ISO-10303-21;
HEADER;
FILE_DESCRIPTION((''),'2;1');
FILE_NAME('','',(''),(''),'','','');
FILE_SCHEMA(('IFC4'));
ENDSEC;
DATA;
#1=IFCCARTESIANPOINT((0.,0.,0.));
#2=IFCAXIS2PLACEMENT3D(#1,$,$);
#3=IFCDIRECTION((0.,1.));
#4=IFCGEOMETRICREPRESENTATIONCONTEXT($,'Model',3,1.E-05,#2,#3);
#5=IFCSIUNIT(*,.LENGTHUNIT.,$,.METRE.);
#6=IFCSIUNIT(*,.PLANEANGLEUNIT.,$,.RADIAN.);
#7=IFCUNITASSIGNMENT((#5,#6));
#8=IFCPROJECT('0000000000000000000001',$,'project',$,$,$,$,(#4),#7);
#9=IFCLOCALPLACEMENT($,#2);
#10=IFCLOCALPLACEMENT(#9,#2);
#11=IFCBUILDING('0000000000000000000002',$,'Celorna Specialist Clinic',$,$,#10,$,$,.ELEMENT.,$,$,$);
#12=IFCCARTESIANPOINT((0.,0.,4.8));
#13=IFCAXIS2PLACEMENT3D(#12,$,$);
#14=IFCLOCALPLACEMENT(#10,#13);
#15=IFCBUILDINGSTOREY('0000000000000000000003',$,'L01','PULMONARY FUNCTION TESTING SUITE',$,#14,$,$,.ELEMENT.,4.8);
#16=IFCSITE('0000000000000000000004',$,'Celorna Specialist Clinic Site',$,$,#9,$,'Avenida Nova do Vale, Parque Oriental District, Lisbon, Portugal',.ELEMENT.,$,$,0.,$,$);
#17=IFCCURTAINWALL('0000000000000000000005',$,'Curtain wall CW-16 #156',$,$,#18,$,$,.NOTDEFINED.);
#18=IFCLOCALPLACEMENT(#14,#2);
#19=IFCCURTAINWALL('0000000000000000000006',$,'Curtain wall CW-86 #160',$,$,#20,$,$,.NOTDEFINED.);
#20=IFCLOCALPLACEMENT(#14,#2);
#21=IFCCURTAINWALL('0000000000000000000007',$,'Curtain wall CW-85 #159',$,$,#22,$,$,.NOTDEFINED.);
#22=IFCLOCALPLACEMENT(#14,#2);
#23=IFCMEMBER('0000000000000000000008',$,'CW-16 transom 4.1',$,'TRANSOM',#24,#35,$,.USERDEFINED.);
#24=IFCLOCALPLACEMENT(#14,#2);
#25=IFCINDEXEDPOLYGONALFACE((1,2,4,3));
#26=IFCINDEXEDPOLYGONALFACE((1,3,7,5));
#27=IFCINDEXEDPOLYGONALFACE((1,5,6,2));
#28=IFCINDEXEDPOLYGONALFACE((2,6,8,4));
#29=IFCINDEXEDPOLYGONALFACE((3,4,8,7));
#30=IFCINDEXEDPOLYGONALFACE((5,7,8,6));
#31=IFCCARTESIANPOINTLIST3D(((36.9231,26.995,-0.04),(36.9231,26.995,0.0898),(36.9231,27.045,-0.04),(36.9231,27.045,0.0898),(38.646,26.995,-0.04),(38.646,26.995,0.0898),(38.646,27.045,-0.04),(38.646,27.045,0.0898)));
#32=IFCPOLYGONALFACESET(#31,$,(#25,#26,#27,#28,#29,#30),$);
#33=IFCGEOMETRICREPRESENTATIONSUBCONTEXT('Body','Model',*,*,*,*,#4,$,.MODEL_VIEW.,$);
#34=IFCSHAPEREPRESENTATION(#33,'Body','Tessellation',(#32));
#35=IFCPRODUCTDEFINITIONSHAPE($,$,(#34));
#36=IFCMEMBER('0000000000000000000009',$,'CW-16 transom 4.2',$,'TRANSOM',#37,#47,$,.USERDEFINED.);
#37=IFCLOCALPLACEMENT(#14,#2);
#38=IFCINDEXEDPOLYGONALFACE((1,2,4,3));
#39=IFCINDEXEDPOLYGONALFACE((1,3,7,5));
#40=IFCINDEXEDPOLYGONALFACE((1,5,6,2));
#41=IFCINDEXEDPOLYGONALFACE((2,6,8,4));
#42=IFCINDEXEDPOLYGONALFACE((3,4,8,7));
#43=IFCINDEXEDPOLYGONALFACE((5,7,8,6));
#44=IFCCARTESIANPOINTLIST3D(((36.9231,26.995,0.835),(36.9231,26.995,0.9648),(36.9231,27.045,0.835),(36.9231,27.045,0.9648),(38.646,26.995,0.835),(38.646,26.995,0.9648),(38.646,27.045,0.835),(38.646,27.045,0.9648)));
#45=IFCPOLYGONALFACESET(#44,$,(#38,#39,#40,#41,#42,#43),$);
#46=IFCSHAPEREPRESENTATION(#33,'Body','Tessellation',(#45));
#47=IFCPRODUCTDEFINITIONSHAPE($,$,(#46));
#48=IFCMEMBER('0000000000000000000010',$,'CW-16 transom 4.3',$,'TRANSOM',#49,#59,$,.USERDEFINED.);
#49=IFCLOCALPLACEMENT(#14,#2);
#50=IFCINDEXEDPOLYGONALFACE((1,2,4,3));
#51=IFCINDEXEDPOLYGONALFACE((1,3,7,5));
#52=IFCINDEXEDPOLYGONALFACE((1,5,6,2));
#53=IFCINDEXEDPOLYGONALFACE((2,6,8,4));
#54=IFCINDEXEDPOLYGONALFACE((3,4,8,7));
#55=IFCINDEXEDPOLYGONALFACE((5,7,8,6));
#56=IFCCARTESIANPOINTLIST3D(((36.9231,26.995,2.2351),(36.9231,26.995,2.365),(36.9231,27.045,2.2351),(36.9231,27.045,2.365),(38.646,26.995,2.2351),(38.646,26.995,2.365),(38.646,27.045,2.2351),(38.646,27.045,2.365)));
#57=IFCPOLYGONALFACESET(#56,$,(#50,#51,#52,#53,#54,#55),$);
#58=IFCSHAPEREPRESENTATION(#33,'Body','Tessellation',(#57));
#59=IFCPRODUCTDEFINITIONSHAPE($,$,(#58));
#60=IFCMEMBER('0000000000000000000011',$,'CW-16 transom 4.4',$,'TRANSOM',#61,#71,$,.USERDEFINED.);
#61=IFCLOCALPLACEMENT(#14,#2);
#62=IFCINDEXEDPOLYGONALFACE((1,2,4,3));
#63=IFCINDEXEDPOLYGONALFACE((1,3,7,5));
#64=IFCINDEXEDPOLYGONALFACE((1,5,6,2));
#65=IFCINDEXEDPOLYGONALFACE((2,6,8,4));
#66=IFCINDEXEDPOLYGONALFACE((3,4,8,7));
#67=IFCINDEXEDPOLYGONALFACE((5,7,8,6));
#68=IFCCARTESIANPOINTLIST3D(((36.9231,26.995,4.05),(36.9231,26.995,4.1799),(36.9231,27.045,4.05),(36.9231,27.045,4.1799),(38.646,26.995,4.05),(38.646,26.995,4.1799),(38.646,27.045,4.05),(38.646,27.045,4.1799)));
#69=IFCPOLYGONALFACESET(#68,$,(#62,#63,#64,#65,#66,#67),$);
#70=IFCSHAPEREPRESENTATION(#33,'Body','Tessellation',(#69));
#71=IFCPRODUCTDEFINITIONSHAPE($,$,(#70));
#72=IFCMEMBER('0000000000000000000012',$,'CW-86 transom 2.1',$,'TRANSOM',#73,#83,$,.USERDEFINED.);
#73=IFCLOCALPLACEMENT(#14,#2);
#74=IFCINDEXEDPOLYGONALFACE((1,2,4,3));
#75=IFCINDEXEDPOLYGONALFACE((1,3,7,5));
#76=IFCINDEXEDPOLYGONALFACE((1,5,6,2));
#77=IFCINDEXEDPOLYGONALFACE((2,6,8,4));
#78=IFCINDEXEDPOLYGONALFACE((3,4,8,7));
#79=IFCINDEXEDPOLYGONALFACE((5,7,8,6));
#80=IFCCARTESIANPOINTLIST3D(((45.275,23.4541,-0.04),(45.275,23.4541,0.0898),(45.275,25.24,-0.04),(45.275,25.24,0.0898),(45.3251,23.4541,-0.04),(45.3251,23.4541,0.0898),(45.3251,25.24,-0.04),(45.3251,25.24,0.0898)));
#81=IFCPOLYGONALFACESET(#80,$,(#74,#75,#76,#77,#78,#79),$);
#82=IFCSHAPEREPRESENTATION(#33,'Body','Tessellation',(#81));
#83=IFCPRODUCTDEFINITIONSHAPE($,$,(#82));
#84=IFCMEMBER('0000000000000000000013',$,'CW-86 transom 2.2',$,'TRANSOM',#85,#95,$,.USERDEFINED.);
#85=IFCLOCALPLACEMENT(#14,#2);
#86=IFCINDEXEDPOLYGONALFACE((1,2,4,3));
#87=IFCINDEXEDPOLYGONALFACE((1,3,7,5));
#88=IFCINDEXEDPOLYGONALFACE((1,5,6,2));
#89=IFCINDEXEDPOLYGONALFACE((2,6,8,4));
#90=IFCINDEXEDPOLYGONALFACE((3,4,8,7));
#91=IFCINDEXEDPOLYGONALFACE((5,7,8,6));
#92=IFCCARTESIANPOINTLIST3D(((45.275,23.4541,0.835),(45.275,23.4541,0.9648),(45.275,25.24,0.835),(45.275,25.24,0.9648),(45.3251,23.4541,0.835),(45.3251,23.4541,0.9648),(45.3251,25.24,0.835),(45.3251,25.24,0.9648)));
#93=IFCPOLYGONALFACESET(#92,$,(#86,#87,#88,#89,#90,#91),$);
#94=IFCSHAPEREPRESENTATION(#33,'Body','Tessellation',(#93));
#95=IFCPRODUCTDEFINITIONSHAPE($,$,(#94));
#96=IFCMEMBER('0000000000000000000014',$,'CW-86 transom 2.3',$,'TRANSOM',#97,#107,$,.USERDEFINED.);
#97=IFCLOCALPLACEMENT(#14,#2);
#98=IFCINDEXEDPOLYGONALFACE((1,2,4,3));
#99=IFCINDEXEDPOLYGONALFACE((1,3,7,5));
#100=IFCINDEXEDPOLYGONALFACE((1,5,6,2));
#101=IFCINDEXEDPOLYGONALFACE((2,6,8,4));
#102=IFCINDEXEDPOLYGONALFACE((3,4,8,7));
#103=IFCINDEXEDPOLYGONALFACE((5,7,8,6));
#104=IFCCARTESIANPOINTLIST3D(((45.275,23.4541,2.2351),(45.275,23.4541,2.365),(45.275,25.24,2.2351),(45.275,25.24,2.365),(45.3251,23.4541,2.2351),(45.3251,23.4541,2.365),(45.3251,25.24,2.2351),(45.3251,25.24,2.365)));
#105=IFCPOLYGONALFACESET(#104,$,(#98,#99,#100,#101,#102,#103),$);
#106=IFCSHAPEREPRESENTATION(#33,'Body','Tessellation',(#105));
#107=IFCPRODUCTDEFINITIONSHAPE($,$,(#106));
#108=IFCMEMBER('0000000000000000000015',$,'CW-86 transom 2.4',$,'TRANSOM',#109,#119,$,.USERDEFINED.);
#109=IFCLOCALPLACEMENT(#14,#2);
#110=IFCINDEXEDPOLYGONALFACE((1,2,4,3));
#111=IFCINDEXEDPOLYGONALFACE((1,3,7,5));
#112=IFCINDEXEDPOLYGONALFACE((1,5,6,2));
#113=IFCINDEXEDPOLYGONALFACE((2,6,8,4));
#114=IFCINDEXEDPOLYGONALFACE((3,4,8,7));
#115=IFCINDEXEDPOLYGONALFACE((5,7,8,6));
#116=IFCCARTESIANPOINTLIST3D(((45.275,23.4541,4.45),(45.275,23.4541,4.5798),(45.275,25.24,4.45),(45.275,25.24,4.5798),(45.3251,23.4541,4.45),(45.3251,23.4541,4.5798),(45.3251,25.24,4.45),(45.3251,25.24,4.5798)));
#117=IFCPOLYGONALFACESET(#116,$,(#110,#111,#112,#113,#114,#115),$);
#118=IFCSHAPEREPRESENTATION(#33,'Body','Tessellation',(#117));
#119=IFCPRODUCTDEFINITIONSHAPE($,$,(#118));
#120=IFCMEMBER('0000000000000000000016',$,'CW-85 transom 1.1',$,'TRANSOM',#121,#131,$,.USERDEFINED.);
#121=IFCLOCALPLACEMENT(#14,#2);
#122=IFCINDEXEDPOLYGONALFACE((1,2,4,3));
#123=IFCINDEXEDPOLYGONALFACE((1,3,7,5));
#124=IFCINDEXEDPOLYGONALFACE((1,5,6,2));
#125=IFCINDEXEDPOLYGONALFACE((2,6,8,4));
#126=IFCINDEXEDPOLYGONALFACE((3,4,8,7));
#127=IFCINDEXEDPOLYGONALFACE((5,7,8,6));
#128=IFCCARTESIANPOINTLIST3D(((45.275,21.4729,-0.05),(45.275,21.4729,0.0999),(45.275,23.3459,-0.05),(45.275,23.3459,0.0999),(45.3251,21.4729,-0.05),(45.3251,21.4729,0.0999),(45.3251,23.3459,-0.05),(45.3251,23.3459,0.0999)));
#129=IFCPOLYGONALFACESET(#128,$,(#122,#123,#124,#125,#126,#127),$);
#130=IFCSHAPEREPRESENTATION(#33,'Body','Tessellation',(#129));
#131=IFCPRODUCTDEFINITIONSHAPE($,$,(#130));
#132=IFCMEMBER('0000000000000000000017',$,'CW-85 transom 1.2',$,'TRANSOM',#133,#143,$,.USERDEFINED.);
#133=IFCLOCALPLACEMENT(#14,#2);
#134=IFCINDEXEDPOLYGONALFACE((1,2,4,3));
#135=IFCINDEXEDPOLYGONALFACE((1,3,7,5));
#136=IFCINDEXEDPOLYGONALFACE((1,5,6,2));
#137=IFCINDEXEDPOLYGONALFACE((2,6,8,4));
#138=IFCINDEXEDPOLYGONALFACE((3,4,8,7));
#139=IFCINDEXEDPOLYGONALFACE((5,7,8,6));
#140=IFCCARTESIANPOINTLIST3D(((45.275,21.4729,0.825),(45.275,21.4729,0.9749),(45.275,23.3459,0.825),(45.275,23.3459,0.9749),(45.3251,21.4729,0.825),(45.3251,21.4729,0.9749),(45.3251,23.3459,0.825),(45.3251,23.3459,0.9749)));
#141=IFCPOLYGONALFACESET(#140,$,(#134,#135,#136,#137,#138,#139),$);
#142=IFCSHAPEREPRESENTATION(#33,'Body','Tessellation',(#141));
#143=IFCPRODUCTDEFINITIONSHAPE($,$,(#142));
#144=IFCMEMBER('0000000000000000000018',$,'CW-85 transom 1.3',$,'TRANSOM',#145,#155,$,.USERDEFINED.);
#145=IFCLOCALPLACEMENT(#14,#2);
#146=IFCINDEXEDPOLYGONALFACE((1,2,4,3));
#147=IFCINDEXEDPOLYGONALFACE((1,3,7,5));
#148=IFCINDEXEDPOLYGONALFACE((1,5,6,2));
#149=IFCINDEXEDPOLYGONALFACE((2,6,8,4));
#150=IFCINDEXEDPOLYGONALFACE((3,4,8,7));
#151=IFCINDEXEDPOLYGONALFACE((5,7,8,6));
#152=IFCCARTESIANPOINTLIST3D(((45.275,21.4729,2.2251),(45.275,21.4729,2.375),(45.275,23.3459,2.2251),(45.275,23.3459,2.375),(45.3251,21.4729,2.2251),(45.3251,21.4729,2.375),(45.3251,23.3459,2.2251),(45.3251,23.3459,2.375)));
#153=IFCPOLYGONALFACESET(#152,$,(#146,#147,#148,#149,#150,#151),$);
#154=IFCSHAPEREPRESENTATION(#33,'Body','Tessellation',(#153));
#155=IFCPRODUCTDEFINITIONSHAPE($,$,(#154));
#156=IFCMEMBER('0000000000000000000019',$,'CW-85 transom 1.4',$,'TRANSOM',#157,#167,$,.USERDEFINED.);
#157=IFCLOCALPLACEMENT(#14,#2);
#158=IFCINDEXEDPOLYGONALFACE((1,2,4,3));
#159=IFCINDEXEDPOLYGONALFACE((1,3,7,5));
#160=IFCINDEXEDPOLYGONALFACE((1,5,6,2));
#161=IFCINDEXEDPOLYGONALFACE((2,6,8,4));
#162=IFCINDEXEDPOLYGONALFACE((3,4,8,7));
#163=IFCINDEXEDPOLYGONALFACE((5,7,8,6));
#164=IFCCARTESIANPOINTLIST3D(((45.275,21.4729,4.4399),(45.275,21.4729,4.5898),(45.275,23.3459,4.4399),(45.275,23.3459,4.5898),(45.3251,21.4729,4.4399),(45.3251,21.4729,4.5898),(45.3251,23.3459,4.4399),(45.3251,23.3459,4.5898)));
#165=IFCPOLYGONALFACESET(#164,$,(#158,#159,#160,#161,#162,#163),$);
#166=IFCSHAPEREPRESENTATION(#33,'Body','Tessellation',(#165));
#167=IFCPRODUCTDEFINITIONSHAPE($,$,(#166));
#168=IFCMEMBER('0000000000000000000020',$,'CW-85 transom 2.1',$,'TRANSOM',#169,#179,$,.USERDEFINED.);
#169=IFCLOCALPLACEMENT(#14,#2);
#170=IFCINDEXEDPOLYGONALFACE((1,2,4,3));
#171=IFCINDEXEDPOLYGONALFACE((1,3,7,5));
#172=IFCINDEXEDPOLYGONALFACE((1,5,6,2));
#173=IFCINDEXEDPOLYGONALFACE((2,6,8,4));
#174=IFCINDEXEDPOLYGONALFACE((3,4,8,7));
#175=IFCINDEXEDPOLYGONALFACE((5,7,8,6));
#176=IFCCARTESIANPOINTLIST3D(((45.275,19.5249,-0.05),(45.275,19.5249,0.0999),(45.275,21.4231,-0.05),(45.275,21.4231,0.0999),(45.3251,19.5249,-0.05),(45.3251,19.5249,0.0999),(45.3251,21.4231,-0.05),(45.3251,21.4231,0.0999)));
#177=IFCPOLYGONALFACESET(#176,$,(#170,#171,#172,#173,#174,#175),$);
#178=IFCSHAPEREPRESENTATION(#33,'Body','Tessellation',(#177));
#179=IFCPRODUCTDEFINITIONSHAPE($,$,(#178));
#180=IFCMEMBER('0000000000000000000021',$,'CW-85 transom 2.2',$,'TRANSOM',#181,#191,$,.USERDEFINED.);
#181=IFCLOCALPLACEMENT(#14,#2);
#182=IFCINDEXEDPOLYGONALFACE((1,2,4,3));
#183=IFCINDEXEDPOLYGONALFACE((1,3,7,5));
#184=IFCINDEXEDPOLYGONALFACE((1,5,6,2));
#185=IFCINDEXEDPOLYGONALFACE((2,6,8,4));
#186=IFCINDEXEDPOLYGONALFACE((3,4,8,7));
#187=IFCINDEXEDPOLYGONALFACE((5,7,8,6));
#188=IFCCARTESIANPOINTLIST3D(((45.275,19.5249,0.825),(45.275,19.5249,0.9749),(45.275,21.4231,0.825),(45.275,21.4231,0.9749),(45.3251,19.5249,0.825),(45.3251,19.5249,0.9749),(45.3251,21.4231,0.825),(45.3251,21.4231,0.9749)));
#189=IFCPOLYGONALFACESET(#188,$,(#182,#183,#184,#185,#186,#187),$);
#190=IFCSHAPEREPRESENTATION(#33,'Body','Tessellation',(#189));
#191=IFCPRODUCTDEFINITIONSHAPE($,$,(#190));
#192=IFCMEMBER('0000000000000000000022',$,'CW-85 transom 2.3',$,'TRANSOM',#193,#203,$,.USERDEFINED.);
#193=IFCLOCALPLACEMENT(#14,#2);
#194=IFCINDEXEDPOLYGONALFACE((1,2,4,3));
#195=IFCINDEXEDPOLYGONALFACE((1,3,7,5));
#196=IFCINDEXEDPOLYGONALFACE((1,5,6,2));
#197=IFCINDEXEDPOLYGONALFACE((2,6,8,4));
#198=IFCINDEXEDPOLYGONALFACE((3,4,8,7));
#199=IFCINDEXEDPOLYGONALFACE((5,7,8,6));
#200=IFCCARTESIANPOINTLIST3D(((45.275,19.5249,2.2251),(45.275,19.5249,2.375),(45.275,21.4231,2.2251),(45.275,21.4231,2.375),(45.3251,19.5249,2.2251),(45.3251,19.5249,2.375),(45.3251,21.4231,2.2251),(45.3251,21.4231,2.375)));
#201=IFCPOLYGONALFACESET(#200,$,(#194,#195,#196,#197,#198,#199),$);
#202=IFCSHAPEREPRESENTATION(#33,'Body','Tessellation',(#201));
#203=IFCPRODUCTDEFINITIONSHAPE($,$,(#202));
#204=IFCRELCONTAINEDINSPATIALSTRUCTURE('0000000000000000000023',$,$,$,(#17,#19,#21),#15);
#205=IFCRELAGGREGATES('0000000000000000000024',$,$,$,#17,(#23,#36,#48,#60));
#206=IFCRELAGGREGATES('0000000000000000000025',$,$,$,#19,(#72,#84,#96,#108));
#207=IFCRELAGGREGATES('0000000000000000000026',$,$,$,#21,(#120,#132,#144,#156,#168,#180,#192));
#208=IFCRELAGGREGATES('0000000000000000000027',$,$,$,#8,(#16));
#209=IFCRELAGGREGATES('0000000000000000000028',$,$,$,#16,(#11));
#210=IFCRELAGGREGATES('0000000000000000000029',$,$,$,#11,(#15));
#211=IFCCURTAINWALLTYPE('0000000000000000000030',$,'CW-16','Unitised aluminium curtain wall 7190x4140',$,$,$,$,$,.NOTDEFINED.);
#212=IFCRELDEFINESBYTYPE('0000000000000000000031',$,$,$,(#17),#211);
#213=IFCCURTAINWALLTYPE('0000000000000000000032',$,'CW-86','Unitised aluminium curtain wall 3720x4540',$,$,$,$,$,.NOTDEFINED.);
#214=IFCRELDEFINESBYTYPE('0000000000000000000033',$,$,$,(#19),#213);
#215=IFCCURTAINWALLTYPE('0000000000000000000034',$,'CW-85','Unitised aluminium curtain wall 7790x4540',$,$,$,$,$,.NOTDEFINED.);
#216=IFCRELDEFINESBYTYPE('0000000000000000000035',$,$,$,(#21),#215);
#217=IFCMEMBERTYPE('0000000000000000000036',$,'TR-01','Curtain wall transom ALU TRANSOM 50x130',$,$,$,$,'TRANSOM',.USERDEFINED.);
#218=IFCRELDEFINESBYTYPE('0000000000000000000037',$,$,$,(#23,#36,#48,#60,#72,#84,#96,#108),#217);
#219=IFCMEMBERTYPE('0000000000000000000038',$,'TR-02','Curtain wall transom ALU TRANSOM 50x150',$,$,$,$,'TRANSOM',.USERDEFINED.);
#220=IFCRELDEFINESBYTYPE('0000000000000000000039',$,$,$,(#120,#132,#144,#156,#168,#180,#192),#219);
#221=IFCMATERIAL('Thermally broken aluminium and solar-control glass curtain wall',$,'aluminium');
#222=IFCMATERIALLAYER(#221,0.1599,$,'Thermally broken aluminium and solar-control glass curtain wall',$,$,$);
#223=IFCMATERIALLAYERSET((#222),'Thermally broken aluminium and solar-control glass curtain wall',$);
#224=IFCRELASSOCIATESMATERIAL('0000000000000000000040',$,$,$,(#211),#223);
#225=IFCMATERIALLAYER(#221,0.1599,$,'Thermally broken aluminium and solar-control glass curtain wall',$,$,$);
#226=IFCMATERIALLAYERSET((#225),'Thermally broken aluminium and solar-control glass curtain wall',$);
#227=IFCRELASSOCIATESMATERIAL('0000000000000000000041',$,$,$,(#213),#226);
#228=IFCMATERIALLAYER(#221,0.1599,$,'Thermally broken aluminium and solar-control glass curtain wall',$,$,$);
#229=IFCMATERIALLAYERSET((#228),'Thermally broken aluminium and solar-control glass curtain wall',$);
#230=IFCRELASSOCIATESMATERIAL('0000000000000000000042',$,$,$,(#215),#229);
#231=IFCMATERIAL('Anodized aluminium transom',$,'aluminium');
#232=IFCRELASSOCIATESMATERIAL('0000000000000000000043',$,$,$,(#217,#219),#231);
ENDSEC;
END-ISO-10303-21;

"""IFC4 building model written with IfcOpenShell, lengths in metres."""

from ifc_helpers import new_model, si_unit, direction, frame, origin, origin_2d, place, context, subcontext, project, spatial, rectangle, extrude, material, layer, layer_set, material_profile, profile_set, type_object, element, aggregate, save


model = new_model("IFC4")

# Units and contexts
model_context = context("Model", 3, precision=1e-05, world=origin(), true_north=direction((0.0, 1.0)))
body_context = subcontext(model_context, "Body", "Model", "MODEL_VIEW")
ifc_project = project(units=[si_unit("LENGTHUNIT", "METRE"), si_unit("PLANEANGLEUNIT", "RADIAN")], contexts=[model_context])

# Site, building, storey
site_placement = place(None, origin())
site = spatial("IfcSite", under=ifc_project, at=site_placement, Name="Celorna Specialist Clinic Site", LongName="Avenida Nova do Vale, Parque Oriental District, Lisbon, Portugal", CompositionType="ELEMENT", RefElevation=0.0)
building_placement = place(site_placement, origin())
building = spatial("IfcBuilding", under=site, at=building_placement, Name="Celorna Specialist Clinic", CompositionType="ELEMENT")
storey_placement = place(building_placement, frame((0.0, 0.0, 4.8)))
storey = spatial("IfcBuildingStorey", under=building, at=storey_placement, Name="L01", Description="PULMONARY FUNCTION TESTING SUITE", CompositionType="ELEMENT", Elevation=4.8)

# Curtain wall
ifc_material_1 = material(Name="Thermally broken aluminium and solar-control glass curtain wall", Category="aluminium")
ifc_layer_1 = layer(ifc_material_1, 0.1599, Name="Thermally broken aluminium and solar-control glass curtain wall")
ifc_layer_set_1 = layer_set([ifc_layer_1], Name="Thermally broken aluminium and solar-control glass curtain wall")
curtain_wall_type_1 = type_object("IfcCurtainWallType", Name="CW-16", Description="Unitised aluminium curtain wall 7190x4140", PredefinedType="NOTDEFINED", material=ifc_layer_set_1)
curtain_wall_1_placement = place(storey_placement, origin())
curtain_wall_1 = element("IfcCurtainWall", 1, at=curtain_wall_1_placement, inside=storey, type_object=curtain_wall_type_1, Name="Curtain wall CW-16 #156", PredefinedType="NOTDEFINED")

# Curtain walls
ifc_layer_2 = layer(ifc_material_1, 0.1599, Name="Thermally broken aluminium and solar-control glass curtain wall")
ifc_layer_set_2 = layer_set([ifc_layer_2], Name="Thermally broken aluminium and solar-control glass curtain wall")
curtain_wall_type_2 = type_object("IfcCurtainWallType", Name="CW-86", Description="Unitised aluminium curtain wall 3720x4540", PredefinedType="NOTDEFINED", material=ifc_layer_set_2)
curtain_wall_2_placement = place(storey_placement, origin())
curtain_wall_2 = element("IfcCurtainWall", 2, at=curtain_wall_2_placement, inside=storey, type_object=curtain_wall_type_2, Name="Curtain wall CW-86 #160", PredefinedType="NOTDEFINED")
ifc_layer_3 = layer(ifc_material_1, 0.1599, Name="Thermally broken aluminium and solar-control glass curtain wall")
ifc_layer_set_3 = layer_set([ifc_layer_3], Name="Thermally broken aluminium and solar-control glass curtain wall")
curtain_wall_type_3 = type_object("IfcCurtainWallType", Name="CW-85", Description="Unitised aluminium curtain wall 7790x4540", PredefinedType="NOTDEFINED", material=ifc_layer_set_3)
curtain_wall_3_placement = place(storey_placement, origin())
curtain_wall_3 = element("IfcCurtainWall", 3, at=curtain_wall_3_placement, inside=storey, type_object=curtain_wall_type_3, Name="Curtain wall CW-85 #159", PredefinedType="NOTDEFINED")

# Members
ifc_material_2 = material(Name="Anodized aluminium transom", Category="aluminium")
ifc_material_profile_1 = material_profile(ifc_material_2, rectangle(XDim=0.05, YDim=0.1299, at=origin_2d()), Name="ALU TRANSOM 50x130")
ifc_profile_set_1 = profile_set([ifc_material_profile_1], Name="Anodized aluminium transom")
member_type_1 = type_object("IfcMemberType", Name="TR-01", Description="Curtain wall transom ALU TRANSOM 50x130", ElementType="TRANSOM", PredefinedType="USERDEFINED", material=ifc_profile_set_1)
member_1_placement = place(storey_placement, frame((36.9231, 27.02, 0.0249), z_axis=(1.0, 0.0, 0.0), x_axis=(0.0, 1.0, 0.0)))
member_1 = element("IfcMember", 4, at=member_1_placement, type_object=member_type_1, Name="CW-16 transom 4.1", ObjectType="TRANSOM", PredefinedType="USERDEFINED", context=body_context, shape_type="SweptSolid", body=[
    extrude(rectangle(XDim=0.05, YDim=0.1299, at=origin_2d()), origin(), (0.0, 0.0, 1.0), 1.7229),
])
member_2_placement = place(storey_placement, frame((36.9231, 27.02, 0.8999), z_axis=(1.0, 0.0, 0.0), x_axis=(0.0, 1.0, 0.0)))
member_2 = element("IfcMember", 5, at=member_2_placement, type_object=member_type_1, Name="CW-16 transom 4.2", ObjectType="TRANSOM", PredefinedType="USERDEFINED", context=body_context, shape_type="SweptSolid", body=[
    extrude(rectangle(XDim=0.05, YDim=0.1299, at=origin_2d()), origin(), (0.0, 0.0, 1.0), 1.7229),
])
member_3_placement = place(storey_placement, frame((36.9231, 27.02, 2.3), z_axis=(1.0, 0.0, 0.0), x_axis=(0.0, 1.0, 0.0)))
member_3 = element("IfcMember", 6, at=member_3_placement, type_object=member_type_1, Name="CW-16 transom 4.3", ObjectType="TRANSOM", PredefinedType="USERDEFINED", context=body_context, shape_type="SweptSolid", body=[
    extrude(rectangle(XDim=0.05, YDim=0.1299, at=origin_2d()), origin(), (0.0, 0.0, 1.0), 1.7229),
])
member_4_placement = place(storey_placement, frame((36.9231, 27.02, 4.115), z_axis=(1.0, 0.0, 0.0), x_axis=(0.0, 1.0, 0.0)))
member_4 = element("IfcMember", 7, at=member_4_placement, type_object=member_type_1, Name="CW-16 transom 4.4", ObjectType="TRANSOM", PredefinedType="USERDEFINED", context=body_context, shape_type="SweptSolid", body=[
    extrude(rectangle(XDim=0.05, YDim=0.1299, at=origin_2d()), origin(), (0.0, 0.0, 1.0), 1.7229),
])
member_5_placement = place(storey_placement, frame((45.3, 25.24, 0.0249), z_axis=(0.0, -1.0, 0.0), x_axis=(1.0, 0.0, 0.0)))
member_5 = element("IfcMember", 8, at=member_5_placement, type_object=member_type_1, Name="CW-86 transom 2.1", ObjectType="TRANSOM", PredefinedType="USERDEFINED", context=body_context, shape_type="SweptSolid", body=[
    extrude(rectangle(XDim=0.05, YDim=0.1299, at=origin_2d()), origin(), (0.0, 0.0, 1.0), 1.7859),
])
member_6_placement = place(storey_placement, frame((45.3, 25.24, 0.8999), z_axis=(0.0, -1.0, 0.0), x_axis=(1.0, 0.0, 0.0)))
member_6 = element("IfcMember", 9, at=member_6_placement, type_object=member_type_1, Name="CW-86 transom 2.2", ObjectType="TRANSOM", PredefinedType="USERDEFINED", context=body_context, shape_type="SweptSolid", body=[
    extrude(rectangle(XDim=0.05, YDim=0.1299, at=origin_2d()), origin(), (0.0, 0.0, 1.0), 1.7859),
])
member_7_placement = place(storey_placement, frame((45.3, 25.24, 2.3), z_axis=(0.0, -1.0, 0.0), x_axis=(1.0, 0.0, 0.0)))
member_7 = element("IfcMember", 10, at=member_7_placement, type_object=member_type_1, Name="CW-86 transom 2.3", ObjectType="TRANSOM", PredefinedType="USERDEFINED", context=body_context, shape_type="SweptSolid", body=[
    extrude(rectangle(XDim=0.05, YDim=0.1299, at=origin_2d()), origin(), (0.0, 0.0, 1.0), 1.7859),
])
member_8_placement = place(storey_placement, frame((45.3, 25.24, 4.5149), z_axis=(0.0, -1.0, 0.0), x_axis=(1.0, 0.0, 0.0)))
member_8 = element("IfcMember", 11, at=member_8_placement, type_object=member_type_1, Name="CW-86 transom 2.4", ObjectType="TRANSOM", PredefinedType="USERDEFINED", context=body_context, shape_type="SweptSolid", body=[
    extrude(rectangle(XDim=0.05, YDim=0.1299, at=origin_2d()), origin(), (0.0, 0.0, 1.0), 1.7859),
])
ifc_material_profile_2 = material_profile(ifc_material_2, rectangle(XDim=0.05, YDim=0.1499, at=origin_2d()), Name="ALU TRANSOM 50x150")
ifc_profile_set_2 = profile_set([ifc_material_profile_2], Name="Anodized aluminium transom")
member_type_2 = type_object("IfcMemberType", Name="TR-02", Description="Curtain wall transom ALU TRANSOM 50x150", ElementType="TRANSOM", PredefinedType="USERDEFINED", material=ifc_profile_set_2)
member_9_placement = place(storey_placement, frame((45.3, 23.3459, 0.0249), z_axis=(0.0, -1.0, 0.0), x_axis=(1.0, 0.0, 0.0)))
member_9 = element("IfcMember", 12, at=member_9_placement, type_object=member_type_2, Name="CW-85 transom 1.1", ObjectType="TRANSOM", PredefinedType="USERDEFINED", context=body_context, shape_type="SweptSolid", body=[
    extrude(rectangle(XDim=0.05, YDim=0.1499, at=origin_2d()), origin(), (0.0, 0.0, 1.0), 1.873),
])
member_10_placement = place(storey_placement, frame((45.3, 23.3459, 0.8999), z_axis=(0.0, -1.0, 0.0), x_axis=(1.0, 0.0, 0.0)))
member_10 = element("IfcMember", 13, at=member_10_placement, type_object=member_type_2, Name="CW-85 transom 1.2", ObjectType="TRANSOM", PredefinedType="USERDEFINED", context=body_context, shape_type="SweptSolid", body=[
    extrude(rectangle(XDim=0.05, YDim=0.1499, at=origin_2d()), origin(), (0.0, 0.0, 1.0), 1.873),
])
member_11_placement = place(storey_placement, frame((45.3, 23.3459, 2.3), z_axis=(0.0, -1.0, 0.0), x_axis=(1.0, 0.0, 0.0)))
member_11 = element("IfcMember", 14, at=member_11_placement, type_object=member_type_2, Name="CW-85 transom 1.3", ObjectType="TRANSOM", PredefinedType="USERDEFINED", context=body_context, shape_type="SweptSolid", body=[
    extrude(rectangle(XDim=0.05, YDim=0.1499, at=origin_2d()), origin(), (0.0, 0.0, 1.0), 1.873),
])
member_12_placement = place(storey_placement, frame((45.3, 23.3459, 4.5149), z_axis=(0.0, -1.0, 0.0), x_axis=(1.0, 0.0, 0.0)))
member_12 = element("IfcMember", 15, at=member_12_placement, type_object=member_type_2, Name="CW-85 transom 1.4", ObjectType="TRANSOM", PredefinedType="USERDEFINED", context=body_context, shape_type="SweptSolid", body=[
    extrude(rectangle(XDim=0.05, YDim=0.1499, at=origin_2d()), origin(), (0.0, 0.0, 1.0), 1.873),
])
member_13_placement = place(storey_placement, frame((45.3, 21.4231, 0.0249), z_axis=(0.0, -1.0, 0.0), x_axis=(1.0, 0.0, 0.0)))
member_13 = element("IfcMember", 16, at=member_13_placement, type_object=member_type_2, Name="CW-85 transom 2.1", ObjectType="TRANSOM", PredefinedType="USERDEFINED", context=body_context, shape_type="SweptSolid", body=[
    extrude(rectangle(XDim=0.05, YDim=0.1499, at=origin_2d()), origin(), (0.0, 0.0, 1.0), 1.8982),
])
member_14_placement = place(storey_placement, frame((45.3, 21.4231, 0.8999), z_axis=(0.0, -1.0, 0.0), x_axis=(1.0, 0.0, 0.0)))
member_14 = element("IfcMember", 17, at=member_14_placement, type_object=member_type_2, Name="CW-85 transom 2.2", ObjectType="TRANSOM", PredefinedType="USERDEFINED", context=body_context, shape_type="SweptSolid", body=[
    extrude(rectangle(XDim=0.05, YDim=0.1499, at=origin_2d()), origin(), (0.0, 0.0, 1.0), 1.8982),
])
member_15_placement = place(storey_placement, frame((45.3, 21.4231, 2.3), z_axis=(0.0, -1.0, 0.0), x_axis=(1.0, 0.0, 0.0)))
member_15 = element("IfcMember", 18, at=member_15_placement, type_object=member_type_2, Name="CW-85 transom 2.3", ObjectType="TRANSOM", PredefinedType="USERDEFINED", context=body_context, shape_type="SweptSolid", body=[
    extrude(rectangle(XDim=0.05, YDim=0.1499, at=origin_2d()), origin(), (0.0, 0.0, 1.0), 1.8982),
])

aggregate(curtain_wall_1, [member_1, member_2, member_3, member_4])
aggregate(curtain_wall_2, [member_5, member_6, member_7, member_8])
aggregate(curtain_wall_3, [member_9, member_10, member_11, member_12, member_13, member_14, member_15])

save(model, "model.ifc")
